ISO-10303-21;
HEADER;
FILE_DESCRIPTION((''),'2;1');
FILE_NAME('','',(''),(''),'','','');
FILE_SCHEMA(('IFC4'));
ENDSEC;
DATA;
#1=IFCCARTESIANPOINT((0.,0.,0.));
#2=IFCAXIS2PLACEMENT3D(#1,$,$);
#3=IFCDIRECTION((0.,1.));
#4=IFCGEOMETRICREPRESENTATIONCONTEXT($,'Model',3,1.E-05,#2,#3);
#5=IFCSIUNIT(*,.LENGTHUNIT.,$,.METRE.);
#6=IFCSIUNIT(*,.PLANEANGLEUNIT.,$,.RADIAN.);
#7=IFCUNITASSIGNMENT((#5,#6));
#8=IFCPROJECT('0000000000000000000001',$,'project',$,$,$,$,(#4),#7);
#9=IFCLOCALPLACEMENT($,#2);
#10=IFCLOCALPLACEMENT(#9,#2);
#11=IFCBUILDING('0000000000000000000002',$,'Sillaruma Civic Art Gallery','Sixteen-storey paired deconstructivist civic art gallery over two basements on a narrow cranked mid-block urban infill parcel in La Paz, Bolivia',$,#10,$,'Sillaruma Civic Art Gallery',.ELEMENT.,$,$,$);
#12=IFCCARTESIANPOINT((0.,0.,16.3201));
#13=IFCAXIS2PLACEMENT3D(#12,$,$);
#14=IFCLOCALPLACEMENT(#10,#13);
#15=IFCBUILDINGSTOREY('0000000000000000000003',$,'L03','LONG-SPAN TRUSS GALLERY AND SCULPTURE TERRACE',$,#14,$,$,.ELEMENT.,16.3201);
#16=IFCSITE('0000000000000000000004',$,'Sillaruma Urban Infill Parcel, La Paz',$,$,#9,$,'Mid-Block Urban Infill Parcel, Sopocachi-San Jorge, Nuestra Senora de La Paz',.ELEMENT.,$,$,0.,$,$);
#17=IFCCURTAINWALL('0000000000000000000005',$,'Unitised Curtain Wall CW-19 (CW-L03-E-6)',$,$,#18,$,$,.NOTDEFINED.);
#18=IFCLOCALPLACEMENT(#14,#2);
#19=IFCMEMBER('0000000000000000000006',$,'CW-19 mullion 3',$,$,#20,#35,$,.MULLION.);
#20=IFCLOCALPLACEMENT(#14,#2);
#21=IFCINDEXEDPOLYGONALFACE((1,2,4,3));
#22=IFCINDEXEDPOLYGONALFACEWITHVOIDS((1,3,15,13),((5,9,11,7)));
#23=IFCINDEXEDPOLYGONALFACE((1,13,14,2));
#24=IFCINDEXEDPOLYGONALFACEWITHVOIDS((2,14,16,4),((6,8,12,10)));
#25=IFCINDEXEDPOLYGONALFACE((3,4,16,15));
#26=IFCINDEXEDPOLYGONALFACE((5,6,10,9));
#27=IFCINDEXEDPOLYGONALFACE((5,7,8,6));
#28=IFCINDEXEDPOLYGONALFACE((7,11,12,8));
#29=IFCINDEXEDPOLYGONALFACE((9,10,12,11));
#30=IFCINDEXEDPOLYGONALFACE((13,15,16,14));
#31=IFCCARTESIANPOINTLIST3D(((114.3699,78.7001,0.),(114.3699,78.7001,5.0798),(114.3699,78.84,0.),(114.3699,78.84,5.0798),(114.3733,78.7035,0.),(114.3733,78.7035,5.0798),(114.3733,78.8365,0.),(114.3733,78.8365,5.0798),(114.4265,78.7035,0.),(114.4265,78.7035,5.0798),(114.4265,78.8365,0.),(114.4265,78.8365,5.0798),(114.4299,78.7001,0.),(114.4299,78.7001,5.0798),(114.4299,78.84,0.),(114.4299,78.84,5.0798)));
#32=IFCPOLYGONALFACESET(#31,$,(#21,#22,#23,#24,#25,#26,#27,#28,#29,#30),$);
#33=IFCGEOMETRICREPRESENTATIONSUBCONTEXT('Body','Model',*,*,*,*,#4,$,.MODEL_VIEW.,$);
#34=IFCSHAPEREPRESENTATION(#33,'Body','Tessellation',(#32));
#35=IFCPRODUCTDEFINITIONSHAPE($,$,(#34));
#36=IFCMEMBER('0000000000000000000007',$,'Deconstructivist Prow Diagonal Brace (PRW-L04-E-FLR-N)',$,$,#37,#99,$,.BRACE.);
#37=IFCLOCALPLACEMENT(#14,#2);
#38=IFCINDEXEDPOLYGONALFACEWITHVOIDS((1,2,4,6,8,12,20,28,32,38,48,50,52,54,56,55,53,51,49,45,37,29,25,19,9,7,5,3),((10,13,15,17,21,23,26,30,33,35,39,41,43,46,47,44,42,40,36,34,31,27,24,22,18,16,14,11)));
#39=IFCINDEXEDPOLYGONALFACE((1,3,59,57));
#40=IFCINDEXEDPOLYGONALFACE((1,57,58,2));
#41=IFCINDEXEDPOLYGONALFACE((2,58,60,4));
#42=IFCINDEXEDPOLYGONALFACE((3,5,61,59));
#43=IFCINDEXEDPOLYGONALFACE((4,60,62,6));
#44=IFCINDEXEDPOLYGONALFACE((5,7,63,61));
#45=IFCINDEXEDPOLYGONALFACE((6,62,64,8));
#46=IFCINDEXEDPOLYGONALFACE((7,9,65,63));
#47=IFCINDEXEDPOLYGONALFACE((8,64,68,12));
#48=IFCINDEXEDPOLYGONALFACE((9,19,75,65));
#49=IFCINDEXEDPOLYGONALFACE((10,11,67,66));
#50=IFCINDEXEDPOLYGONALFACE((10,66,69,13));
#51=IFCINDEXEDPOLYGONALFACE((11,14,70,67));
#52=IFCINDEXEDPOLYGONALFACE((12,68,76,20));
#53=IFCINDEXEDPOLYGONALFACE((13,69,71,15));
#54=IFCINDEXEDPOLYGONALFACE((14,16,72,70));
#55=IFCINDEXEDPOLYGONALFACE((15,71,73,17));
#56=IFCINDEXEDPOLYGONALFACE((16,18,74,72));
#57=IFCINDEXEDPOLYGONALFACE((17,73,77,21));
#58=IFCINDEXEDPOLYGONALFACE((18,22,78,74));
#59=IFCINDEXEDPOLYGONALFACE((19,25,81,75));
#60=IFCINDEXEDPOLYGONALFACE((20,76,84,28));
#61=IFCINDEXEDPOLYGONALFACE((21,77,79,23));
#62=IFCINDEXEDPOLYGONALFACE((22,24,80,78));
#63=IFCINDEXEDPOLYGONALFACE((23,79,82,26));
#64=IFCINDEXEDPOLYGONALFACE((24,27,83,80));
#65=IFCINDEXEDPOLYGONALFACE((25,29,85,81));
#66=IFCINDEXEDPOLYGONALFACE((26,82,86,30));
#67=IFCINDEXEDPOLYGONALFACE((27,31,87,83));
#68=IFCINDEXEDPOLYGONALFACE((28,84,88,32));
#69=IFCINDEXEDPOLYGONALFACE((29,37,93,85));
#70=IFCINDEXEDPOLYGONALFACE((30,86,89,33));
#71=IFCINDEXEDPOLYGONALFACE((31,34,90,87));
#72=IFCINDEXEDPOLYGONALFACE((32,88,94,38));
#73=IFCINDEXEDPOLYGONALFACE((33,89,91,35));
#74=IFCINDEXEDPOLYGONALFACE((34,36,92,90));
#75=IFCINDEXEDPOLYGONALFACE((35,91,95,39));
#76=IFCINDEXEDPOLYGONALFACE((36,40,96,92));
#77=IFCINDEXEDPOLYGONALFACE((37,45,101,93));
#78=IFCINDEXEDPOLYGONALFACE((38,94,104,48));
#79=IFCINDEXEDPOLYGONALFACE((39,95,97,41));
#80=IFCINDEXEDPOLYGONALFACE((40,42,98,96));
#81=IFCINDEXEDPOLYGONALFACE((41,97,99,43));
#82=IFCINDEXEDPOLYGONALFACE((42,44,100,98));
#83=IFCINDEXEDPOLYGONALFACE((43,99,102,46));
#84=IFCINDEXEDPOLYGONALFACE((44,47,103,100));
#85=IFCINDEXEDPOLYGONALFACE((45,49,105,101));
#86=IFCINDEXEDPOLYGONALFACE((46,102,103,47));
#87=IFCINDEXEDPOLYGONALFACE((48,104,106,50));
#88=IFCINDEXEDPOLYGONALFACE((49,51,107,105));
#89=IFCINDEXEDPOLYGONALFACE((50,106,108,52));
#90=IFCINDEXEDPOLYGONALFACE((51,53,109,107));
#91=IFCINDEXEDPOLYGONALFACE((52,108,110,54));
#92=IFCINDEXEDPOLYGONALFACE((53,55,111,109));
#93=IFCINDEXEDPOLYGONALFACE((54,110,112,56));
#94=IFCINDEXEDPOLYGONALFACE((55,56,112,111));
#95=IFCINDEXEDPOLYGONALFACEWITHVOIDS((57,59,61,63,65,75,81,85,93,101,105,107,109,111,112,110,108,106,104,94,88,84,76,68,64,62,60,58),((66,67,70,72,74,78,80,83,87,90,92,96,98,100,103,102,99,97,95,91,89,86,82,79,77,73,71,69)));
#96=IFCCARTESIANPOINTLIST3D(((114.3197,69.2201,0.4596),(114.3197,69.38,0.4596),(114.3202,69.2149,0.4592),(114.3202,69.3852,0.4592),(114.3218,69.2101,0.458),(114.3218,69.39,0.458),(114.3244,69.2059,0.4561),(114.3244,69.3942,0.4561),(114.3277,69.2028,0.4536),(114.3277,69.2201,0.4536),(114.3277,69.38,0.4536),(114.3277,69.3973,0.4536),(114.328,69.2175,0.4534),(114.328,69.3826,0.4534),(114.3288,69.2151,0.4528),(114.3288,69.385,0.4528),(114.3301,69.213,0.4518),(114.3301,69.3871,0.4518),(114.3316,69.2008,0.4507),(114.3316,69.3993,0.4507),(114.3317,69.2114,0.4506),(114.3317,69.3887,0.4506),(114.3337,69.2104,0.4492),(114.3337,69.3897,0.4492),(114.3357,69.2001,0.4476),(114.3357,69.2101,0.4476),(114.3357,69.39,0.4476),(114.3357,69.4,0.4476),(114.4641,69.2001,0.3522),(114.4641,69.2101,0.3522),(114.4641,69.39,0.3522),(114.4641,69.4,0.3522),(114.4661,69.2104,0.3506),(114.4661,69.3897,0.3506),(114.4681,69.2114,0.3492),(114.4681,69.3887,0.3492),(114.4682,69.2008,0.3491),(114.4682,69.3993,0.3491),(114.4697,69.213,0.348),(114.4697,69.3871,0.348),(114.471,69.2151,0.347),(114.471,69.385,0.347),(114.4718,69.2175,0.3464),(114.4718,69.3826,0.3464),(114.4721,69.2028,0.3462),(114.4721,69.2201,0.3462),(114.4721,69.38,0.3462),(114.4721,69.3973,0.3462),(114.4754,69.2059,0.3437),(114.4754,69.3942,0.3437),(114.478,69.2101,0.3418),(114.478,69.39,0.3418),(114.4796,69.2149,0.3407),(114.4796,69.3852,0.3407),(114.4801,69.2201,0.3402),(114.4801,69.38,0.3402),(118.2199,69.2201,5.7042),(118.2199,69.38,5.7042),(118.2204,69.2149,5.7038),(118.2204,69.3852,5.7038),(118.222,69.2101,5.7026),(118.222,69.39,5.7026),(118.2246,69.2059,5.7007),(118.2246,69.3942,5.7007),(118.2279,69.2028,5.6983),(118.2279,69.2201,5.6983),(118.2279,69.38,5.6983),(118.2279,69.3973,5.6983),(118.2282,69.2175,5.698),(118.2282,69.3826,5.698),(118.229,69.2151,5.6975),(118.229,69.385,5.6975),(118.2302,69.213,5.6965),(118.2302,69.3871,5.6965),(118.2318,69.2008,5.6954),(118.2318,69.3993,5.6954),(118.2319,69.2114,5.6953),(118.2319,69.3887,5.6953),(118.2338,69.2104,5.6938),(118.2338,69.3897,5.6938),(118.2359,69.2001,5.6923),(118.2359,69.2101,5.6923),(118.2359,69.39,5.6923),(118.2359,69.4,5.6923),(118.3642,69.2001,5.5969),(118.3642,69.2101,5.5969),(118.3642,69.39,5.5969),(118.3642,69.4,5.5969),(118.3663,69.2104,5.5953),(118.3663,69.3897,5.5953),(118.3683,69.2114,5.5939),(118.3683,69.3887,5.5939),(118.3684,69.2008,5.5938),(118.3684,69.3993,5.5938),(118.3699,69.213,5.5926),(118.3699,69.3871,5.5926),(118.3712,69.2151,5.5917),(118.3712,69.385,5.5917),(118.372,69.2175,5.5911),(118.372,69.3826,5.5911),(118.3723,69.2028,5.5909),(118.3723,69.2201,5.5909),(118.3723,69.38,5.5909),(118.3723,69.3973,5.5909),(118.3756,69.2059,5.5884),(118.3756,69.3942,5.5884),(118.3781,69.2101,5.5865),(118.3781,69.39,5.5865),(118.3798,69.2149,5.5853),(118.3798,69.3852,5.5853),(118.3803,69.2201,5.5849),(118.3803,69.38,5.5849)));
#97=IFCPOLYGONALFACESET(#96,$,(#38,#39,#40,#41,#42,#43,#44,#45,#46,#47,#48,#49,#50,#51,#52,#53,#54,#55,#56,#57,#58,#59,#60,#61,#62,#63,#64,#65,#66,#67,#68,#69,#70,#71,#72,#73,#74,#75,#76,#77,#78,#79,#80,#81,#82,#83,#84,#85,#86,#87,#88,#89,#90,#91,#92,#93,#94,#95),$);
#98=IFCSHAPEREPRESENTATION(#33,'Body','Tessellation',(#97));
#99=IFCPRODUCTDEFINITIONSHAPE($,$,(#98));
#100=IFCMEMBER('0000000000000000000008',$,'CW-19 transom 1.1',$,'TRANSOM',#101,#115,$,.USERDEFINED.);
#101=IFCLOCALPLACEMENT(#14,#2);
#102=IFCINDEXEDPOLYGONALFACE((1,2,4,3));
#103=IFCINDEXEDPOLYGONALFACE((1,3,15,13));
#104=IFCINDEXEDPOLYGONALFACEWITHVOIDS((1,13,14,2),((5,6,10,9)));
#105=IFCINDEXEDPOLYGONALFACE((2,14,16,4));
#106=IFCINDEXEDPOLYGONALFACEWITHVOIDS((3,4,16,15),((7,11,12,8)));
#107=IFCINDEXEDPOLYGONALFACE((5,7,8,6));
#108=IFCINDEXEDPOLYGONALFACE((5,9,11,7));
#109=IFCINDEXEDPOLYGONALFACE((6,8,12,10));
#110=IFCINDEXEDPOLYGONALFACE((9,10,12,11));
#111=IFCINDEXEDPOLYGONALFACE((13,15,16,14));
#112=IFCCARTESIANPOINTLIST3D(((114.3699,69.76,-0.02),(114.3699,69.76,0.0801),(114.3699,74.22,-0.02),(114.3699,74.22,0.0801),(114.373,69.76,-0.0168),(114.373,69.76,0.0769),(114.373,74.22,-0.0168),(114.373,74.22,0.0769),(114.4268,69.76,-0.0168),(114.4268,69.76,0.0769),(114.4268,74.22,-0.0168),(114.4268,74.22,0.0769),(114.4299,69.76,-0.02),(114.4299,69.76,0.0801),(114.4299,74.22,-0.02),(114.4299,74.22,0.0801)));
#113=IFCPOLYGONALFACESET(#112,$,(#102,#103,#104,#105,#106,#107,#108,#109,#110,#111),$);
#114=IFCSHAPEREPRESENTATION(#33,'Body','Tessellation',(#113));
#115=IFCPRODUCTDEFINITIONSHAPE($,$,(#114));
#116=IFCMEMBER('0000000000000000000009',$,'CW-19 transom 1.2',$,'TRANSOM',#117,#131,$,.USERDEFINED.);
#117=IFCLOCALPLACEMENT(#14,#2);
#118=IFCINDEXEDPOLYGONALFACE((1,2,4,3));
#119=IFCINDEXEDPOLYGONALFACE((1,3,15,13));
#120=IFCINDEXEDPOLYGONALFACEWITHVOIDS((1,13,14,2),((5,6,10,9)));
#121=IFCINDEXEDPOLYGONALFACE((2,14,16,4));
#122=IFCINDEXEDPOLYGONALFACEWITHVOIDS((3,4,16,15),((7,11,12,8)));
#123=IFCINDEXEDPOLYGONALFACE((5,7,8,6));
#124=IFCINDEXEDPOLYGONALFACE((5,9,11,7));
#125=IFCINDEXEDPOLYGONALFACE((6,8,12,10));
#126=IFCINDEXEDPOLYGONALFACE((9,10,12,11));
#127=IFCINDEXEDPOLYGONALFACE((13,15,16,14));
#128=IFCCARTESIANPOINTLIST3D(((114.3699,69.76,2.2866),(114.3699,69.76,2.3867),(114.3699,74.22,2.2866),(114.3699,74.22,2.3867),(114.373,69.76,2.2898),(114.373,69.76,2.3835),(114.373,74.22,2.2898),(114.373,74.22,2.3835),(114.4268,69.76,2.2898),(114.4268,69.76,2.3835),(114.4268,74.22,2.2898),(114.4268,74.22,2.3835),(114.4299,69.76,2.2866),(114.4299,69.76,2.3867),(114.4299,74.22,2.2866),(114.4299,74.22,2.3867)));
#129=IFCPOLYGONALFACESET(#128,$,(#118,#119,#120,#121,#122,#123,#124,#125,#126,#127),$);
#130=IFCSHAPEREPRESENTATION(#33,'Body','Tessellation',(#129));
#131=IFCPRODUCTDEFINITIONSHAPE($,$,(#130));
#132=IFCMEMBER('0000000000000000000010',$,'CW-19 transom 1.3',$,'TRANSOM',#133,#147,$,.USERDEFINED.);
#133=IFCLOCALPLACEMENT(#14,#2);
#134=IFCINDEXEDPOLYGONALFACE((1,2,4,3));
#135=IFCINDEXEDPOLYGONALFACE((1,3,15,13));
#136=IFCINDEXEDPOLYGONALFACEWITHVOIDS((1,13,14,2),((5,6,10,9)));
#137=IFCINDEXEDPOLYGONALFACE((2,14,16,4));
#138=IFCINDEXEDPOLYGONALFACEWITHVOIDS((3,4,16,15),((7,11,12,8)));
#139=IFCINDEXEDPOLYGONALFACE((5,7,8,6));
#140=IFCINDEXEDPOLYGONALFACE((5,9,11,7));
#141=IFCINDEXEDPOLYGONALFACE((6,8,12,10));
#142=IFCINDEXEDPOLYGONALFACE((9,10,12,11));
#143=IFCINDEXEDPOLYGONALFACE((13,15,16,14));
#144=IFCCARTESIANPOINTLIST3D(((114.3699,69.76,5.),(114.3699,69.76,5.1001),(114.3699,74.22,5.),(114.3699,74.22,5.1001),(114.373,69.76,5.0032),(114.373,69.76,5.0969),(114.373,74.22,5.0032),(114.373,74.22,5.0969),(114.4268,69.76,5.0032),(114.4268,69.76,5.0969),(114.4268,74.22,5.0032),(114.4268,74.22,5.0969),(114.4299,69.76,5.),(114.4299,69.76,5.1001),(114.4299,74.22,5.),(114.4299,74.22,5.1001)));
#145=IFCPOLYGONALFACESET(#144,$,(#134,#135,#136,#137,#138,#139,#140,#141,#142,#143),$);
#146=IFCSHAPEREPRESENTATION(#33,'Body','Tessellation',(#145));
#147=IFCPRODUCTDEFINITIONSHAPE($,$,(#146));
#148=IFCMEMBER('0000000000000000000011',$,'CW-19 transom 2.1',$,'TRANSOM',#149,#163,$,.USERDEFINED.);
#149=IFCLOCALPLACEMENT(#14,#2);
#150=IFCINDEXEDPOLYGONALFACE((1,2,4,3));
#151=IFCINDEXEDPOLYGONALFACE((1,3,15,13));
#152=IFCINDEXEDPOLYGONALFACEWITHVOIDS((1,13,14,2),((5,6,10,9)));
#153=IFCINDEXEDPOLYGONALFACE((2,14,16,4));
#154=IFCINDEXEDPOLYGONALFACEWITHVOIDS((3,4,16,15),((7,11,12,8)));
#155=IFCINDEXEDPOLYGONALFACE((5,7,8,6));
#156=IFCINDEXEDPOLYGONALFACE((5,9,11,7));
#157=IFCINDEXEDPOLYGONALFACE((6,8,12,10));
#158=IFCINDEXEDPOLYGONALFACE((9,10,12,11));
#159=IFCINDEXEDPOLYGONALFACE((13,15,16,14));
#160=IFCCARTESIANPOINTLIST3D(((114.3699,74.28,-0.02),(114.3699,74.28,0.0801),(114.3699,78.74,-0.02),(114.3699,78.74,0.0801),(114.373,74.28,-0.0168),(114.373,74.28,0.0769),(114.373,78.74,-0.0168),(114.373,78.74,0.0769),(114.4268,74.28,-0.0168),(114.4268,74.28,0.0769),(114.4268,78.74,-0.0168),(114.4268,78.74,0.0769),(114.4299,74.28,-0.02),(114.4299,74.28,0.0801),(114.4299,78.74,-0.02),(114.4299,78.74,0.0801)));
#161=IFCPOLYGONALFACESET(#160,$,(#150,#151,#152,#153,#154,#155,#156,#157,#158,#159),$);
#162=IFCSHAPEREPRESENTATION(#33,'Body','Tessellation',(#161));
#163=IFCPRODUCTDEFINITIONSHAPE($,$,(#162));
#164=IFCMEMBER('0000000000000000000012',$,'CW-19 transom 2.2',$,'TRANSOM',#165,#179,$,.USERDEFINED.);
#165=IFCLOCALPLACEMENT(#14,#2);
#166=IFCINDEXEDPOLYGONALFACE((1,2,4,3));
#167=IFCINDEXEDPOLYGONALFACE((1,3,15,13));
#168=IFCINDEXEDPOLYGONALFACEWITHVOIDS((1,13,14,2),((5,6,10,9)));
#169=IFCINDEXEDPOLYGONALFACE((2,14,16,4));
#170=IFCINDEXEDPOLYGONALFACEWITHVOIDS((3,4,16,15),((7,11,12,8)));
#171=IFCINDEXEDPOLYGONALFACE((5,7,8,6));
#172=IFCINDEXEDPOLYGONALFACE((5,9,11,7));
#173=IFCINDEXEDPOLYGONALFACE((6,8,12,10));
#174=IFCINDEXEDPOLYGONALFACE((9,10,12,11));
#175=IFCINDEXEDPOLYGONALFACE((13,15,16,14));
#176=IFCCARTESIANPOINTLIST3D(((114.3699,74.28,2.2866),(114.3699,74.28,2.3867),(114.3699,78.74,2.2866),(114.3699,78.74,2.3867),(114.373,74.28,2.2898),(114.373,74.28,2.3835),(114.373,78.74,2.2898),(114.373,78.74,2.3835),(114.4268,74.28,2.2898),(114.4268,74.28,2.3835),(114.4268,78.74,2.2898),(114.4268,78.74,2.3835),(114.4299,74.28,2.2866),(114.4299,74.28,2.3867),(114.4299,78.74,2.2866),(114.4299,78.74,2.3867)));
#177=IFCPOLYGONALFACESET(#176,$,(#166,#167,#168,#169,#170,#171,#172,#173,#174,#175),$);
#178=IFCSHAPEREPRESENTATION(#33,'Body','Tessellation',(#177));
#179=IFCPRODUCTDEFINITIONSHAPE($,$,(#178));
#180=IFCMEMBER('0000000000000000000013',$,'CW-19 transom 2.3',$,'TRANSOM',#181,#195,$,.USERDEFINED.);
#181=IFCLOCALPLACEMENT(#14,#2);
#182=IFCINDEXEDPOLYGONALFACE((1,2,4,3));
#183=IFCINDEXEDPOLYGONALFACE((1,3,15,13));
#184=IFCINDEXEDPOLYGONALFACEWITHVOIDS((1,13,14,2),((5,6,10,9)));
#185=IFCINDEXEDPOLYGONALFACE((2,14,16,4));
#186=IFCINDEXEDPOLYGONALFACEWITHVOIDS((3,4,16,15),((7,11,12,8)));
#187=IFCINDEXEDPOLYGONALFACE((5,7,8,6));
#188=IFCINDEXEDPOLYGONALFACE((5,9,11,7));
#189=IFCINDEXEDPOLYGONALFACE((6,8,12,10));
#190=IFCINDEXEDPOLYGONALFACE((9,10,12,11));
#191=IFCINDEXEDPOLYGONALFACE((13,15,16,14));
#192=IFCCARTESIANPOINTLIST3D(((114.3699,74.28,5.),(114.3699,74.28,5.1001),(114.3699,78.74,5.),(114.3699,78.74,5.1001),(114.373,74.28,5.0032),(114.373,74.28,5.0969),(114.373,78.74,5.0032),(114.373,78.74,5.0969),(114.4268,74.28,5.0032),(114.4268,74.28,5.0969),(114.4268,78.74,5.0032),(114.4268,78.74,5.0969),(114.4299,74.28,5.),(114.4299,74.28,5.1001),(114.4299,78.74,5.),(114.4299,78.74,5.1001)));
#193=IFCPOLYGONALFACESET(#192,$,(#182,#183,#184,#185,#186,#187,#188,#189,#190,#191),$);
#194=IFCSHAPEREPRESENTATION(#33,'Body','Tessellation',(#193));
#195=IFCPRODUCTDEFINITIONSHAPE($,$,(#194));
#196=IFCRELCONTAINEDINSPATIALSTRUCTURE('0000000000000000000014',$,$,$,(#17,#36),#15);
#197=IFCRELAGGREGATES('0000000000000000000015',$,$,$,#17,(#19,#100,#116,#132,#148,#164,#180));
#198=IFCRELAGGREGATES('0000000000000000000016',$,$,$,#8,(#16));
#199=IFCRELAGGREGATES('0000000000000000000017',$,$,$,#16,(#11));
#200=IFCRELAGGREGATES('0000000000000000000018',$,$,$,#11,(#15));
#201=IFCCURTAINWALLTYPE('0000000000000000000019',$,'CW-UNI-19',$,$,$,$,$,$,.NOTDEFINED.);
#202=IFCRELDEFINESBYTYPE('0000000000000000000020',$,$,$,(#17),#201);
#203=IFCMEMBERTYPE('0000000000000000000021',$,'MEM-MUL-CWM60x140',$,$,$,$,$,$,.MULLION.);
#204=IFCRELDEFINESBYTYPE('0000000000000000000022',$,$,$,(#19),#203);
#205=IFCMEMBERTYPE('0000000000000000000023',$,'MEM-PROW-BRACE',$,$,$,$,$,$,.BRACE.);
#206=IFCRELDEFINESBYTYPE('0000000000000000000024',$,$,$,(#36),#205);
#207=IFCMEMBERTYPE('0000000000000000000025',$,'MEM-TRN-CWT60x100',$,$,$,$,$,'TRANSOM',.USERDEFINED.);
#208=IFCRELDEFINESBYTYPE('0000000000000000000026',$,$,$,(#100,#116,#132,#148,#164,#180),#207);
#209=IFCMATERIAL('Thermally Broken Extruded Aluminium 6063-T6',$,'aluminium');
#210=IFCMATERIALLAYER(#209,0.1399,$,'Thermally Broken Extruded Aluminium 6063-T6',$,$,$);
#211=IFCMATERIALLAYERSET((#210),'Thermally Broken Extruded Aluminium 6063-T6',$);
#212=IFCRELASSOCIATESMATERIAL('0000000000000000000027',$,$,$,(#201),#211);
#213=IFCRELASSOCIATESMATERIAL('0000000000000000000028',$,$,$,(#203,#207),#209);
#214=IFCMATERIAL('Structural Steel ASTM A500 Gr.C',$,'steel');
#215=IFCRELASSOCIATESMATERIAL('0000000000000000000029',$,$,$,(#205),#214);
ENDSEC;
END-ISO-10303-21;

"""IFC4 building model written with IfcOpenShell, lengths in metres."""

from ifc_helpers import new_model, si_unit, direction, frame, origin, origin_2d, place, context, subcontext, project, spatial, hollow_rectangle, extrude, material, layer, layer_set, material_profile, profile_set, type_object, element, aggregate, save


model = new_model("IFC4")

# Units and contexts
model_context = context("Model", 3, precision=1e-05, world=origin(), true_north=direction((0.0, 1.0)))
body_context = subcontext(model_context, "Body", "Model", "MODEL_VIEW")
ifc_project = project(units=[si_unit("LENGTHUNIT", "METRE"), si_unit("PLANEANGLEUNIT", "RADIAN")], contexts=[model_context])

# Site, building, storey
site_placement = place(None, origin())
site = spatial("IfcSite", under=ifc_project, at=site_placement, Name="Sillaruma Urban Infill Parcel, La Paz", LongName="Mid-Block Urban Infill Parcel, Sopocachi-San Jorge, Nuestra Senora de La Paz", CompositionType="ELEMENT", RefElevation=0.0)
building_placement = place(site_placement, origin())
building = spatial("IfcBuilding", under=site, at=building_placement, Name="Sillaruma Civic Art Gallery", Description="Sixteen-storey paired deconstructivist civic art gallery over two basements on a narrow cranked mid-block urban infill parcel in La Paz, Bolivia", LongName="Sillaruma Civic Art Gallery", CompositionType="ELEMENT")
storey_placement = place(building_placement, frame((0.0, 0.0, 16.3201)))
storey = spatial("IfcBuildingStorey", under=building, at=storey_placement, Name="L03", Description="LONG-SPAN TRUSS GALLERY AND SCULPTURE TERRACE", CompositionType="ELEMENT", Elevation=16.3201)

# Shared definitions
ifc_material_1 = material(Name="Structural Steel ASTM A500 Gr.C", Category="steel")

# Curtain wall, member
ifc_material_2 = material(Name="Thermally Broken Extruded Aluminium 6063-T6", Category="aluminium")
ifc_layer_1 = layer(ifc_material_2, 0.1399, Name="Thermally Broken Extruded Aluminium 6063-T6")
ifc_layer_set_1 = layer_set([ifc_layer_1], Name="Thermally Broken Extruded Aluminium 6063-T6")
curtain_wall_type = type_object("IfcCurtainWallType", Name="CW-UNI-19", PredefinedType="NOTDEFINED", material=ifc_layer_set_1)
curtain_wall_placement = place(storey_placement, origin())
curtain_wall = element("IfcCurtainWall", 1, at=curtain_wall_placement, inside=storey, type_object=curtain_wall_type, Name="Unitised Curtain Wall CW-19 (CW-L03-E-6)", PredefinedType="NOTDEFINED")
ifc_material_profile_1 = material_profile(ifc_material_2, hollow_rectangle(XDim=0.0601, YDim=0.1399, WallThickness=0.0034, at=origin_2d()), Name="CWM60x140")
ifc_profile_set_1 = profile_set([ifc_material_profile_1], Name="Thermally Broken Extruded Aluminium 6063-T6")
member_type_1 = type_object("IfcMemberType", Name="MEM-MUL-CWM60x140", PredefinedType="MULLION", material=ifc_profile_set_1)
member_1_placement = place(storey_placement, frame((114.3999, 78.77, 0.0), z_axis=(0.0, 0.0, 1.0), x_axis=(-1.0, 0.0, 0.0)))
member_1 = element("IfcMember", 2, at=member_1_placement, type_object=member_type_1, Name="CW-19 mullion 3", PredefinedType="MULLION", context=body_context, shape_type="SweptSolid", body=[
    extrude(hollow_rectangle(XDim=0.0601, YDim=0.1399, WallThickness=0.0034, at=origin_2d()), origin(), (0.0, 0.0, 1.0), 5.0798),
])

# Members
ifc_material_profile_2 = material_profile(ifc_material_1, hollow_rectangle(XDim=0.2, YDim=0.2, WallThickness=0.01, InnerFilletRadius=0.01, OuterFilletRadius=0.02, at=origin_2d()), Name="HSS200x200x10")
ifc_profile_set_2 = profile_set([ifc_material_profile_2], Name="Structural Steel ASTM A500 Gr.C")
member_type_2 = type_object("IfcMemberType", Name="MEM-PROW-BRACE", PredefinedType="BRACE", material=ifc_profile_set_2)
member_2_placement = place(storey_placement, frame((114.3999, 69.3, 0.3999), z_axis=(0.596732, 0.0, 0.802441), x_axis=(0.0, 1.0, 0.0)))
element("IfcMember", 3, at=member_2_placement, inside=storey, type_object=member_type_2, Name="Deconstructivist Prow Diagonal Brace (PRW-L04-E-FLR-N)", PredefinedType="BRACE", context=body_context, shape_type="SweptSolid", body=[
    extrude(hollow_rectangle(XDim=0.2, YDim=0.2, WallThickness=0.01, InnerFilletRadius=0.01, OuterFilletRadius=0.02, at=origin_2d()), origin(), (0.0, 0.0, 1.0), 6.5359),
])
ifc_material_profile_3 = material_profile(ifc_material_2, hollow_rectangle(XDim=0.0601, YDim=0.1001, WallThickness=0.0032, at=origin_2d()), Name="CWT60x100")
ifc_profile_set_3 = profile_set([ifc_material_profile_3], Name="Thermally Broken Extruded Aluminium 6063-T6")
member_type_3 = type_object("IfcMemberType", Name="MEM-TRN-CWT60x100", ElementType="TRANSOM", PredefinedType="USERDEFINED", material=ifc_profile_set_3)
member_3_placement = place(storey_placement, frame((114.3999, 69.76, 0.03), z_axis=(0.0, 1.0, 0.0), x_axis=(-1.0, 0.0, 0.0)))
member_3 = element("IfcMember", 4, at=member_3_placement, type_object=member_type_3, Name="CW-19 transom 1.1", ObjectType="TRANSOM", PredefinedType="USERDEFINED", context=body_context, shape_type="SweptSolid", body=[
    extrude(hollow_rectangle(XDim=0.0601, YDim=0.1001, WallThickness=0.0032, at=origin_2d()), origin(), (0.0, 0.0, 1.0), 4.46),
])
member_4_placement = place(storey_placement, frame((114.3999, 69.76, 2.3367), z_axis=(0.0, 1.0, 0.0), x_axis=(-1.0, 0.0, 0.0)))
member_4 = element("IfcMember", 5, at=member_4_placement, type_object=member_type_3, Name="CW-19 transom 1.2", ObjectType="TRANSOM", PredefinedType="USERDEFINED", context=body_context, shape_type="SweptSolid", body=[
    extrude(hollow_rectangle(XDim=0.0601, YDim=0.1001, WallThickness=0.0032, at=origin_2d()), origin(), (0.0, 0.0, 1.0), 4.46),
])
member_5_placement = place(storey_placement, frame((114.3999, 69.76, 5.05), z_axis=(0.0, 1.0, 0.0), x_axis=(-1.0, 0.0, 0.0)))
member_5 = element("IfcMember", 6, at=member_5_placement, type_object=member_type_3, Name="CW-19 transom 1.3", ObjectType="TRANSOM", PredefinedType="USERDEFINED", context=body_context, shape_type="SweptSolid", body=[
    extrude(hollow_rectangle(XDim=0.0601, YDim=0.1001, WallThickness=0.0032, at=origin_2d()), origin(), (0.0, 0.0, 1.0), 4.46),
])
member_6_placement = place(storey_placement, frame((114.3999, 74.28, 0.03), z_axis=(0.0, 1.0, 0.0), x_axis=(-1.0, 0.0, 0.0)))
member_6 = element("IfcMember", 7, at=member_6_placement, type_object=member_type_3, Name="CW-19 transom 2.1", ObjectType="TRANSOM", PredefinedType="USERDEFINED", context=body_context, shape_type="SweptSolid", body=[
    extrude(hollow_rectangle(XDim=0.0601, YDim=0.1001, WallThickness=0.0032, at=origin_2d()), origin(), (0.0, 0.0, 1.0), 4.46),
])
member_7_placement = place(storey_placement, frame((114.3999, 74.28, 2.3367), z_axis=(0.0, 1.0, 0.0), x_axis=(-1.0, 0.0, 0.0)))
member_7 = element("IfcMember", 8, at=member_7_placement, type_object=member_type_3, Name="CW-19 transom 2.2", ObjectType="TRANSOM", PredefinedType="USERDEFINED", context=body_context, shape_type="SweptSolid", body=[
    extrude(hollow_rectangle(XDim=0.0601, YDim=0.1001, WallThickness=0.0032, at=origin_2d()), origin(), (0.0, 0.0, 1.0), 4.46),
])
member_8_placement = place(storey_placement, frame((114.3999, 74.28, 5.05), z_axis=(0.0, 1.0, 0.0), x_axis=(-1.0, 0.0, 0.0)))
member_8 = element("IfcMember", 9, at=member_8_placement, type_object=member_type_3, Name="CW-19 transom 2.3", ObjectType="TRANSOM", PredefinedType="USERDEFINED", context=body_context, shape_type="SweptSolid", body=[
    extrude(hollow_rectangle(XDim=0.0601, YDim=0.1001, WallThickness=0.0032, at=origin_2d()), origin(), (0.0, 0.0, 1.0), 4.46),
])

aggregate(curtain_wall, [member_1, member_3, member_4, member_5, member_6, member_7, member_8])

save(model, "model.ifc")
